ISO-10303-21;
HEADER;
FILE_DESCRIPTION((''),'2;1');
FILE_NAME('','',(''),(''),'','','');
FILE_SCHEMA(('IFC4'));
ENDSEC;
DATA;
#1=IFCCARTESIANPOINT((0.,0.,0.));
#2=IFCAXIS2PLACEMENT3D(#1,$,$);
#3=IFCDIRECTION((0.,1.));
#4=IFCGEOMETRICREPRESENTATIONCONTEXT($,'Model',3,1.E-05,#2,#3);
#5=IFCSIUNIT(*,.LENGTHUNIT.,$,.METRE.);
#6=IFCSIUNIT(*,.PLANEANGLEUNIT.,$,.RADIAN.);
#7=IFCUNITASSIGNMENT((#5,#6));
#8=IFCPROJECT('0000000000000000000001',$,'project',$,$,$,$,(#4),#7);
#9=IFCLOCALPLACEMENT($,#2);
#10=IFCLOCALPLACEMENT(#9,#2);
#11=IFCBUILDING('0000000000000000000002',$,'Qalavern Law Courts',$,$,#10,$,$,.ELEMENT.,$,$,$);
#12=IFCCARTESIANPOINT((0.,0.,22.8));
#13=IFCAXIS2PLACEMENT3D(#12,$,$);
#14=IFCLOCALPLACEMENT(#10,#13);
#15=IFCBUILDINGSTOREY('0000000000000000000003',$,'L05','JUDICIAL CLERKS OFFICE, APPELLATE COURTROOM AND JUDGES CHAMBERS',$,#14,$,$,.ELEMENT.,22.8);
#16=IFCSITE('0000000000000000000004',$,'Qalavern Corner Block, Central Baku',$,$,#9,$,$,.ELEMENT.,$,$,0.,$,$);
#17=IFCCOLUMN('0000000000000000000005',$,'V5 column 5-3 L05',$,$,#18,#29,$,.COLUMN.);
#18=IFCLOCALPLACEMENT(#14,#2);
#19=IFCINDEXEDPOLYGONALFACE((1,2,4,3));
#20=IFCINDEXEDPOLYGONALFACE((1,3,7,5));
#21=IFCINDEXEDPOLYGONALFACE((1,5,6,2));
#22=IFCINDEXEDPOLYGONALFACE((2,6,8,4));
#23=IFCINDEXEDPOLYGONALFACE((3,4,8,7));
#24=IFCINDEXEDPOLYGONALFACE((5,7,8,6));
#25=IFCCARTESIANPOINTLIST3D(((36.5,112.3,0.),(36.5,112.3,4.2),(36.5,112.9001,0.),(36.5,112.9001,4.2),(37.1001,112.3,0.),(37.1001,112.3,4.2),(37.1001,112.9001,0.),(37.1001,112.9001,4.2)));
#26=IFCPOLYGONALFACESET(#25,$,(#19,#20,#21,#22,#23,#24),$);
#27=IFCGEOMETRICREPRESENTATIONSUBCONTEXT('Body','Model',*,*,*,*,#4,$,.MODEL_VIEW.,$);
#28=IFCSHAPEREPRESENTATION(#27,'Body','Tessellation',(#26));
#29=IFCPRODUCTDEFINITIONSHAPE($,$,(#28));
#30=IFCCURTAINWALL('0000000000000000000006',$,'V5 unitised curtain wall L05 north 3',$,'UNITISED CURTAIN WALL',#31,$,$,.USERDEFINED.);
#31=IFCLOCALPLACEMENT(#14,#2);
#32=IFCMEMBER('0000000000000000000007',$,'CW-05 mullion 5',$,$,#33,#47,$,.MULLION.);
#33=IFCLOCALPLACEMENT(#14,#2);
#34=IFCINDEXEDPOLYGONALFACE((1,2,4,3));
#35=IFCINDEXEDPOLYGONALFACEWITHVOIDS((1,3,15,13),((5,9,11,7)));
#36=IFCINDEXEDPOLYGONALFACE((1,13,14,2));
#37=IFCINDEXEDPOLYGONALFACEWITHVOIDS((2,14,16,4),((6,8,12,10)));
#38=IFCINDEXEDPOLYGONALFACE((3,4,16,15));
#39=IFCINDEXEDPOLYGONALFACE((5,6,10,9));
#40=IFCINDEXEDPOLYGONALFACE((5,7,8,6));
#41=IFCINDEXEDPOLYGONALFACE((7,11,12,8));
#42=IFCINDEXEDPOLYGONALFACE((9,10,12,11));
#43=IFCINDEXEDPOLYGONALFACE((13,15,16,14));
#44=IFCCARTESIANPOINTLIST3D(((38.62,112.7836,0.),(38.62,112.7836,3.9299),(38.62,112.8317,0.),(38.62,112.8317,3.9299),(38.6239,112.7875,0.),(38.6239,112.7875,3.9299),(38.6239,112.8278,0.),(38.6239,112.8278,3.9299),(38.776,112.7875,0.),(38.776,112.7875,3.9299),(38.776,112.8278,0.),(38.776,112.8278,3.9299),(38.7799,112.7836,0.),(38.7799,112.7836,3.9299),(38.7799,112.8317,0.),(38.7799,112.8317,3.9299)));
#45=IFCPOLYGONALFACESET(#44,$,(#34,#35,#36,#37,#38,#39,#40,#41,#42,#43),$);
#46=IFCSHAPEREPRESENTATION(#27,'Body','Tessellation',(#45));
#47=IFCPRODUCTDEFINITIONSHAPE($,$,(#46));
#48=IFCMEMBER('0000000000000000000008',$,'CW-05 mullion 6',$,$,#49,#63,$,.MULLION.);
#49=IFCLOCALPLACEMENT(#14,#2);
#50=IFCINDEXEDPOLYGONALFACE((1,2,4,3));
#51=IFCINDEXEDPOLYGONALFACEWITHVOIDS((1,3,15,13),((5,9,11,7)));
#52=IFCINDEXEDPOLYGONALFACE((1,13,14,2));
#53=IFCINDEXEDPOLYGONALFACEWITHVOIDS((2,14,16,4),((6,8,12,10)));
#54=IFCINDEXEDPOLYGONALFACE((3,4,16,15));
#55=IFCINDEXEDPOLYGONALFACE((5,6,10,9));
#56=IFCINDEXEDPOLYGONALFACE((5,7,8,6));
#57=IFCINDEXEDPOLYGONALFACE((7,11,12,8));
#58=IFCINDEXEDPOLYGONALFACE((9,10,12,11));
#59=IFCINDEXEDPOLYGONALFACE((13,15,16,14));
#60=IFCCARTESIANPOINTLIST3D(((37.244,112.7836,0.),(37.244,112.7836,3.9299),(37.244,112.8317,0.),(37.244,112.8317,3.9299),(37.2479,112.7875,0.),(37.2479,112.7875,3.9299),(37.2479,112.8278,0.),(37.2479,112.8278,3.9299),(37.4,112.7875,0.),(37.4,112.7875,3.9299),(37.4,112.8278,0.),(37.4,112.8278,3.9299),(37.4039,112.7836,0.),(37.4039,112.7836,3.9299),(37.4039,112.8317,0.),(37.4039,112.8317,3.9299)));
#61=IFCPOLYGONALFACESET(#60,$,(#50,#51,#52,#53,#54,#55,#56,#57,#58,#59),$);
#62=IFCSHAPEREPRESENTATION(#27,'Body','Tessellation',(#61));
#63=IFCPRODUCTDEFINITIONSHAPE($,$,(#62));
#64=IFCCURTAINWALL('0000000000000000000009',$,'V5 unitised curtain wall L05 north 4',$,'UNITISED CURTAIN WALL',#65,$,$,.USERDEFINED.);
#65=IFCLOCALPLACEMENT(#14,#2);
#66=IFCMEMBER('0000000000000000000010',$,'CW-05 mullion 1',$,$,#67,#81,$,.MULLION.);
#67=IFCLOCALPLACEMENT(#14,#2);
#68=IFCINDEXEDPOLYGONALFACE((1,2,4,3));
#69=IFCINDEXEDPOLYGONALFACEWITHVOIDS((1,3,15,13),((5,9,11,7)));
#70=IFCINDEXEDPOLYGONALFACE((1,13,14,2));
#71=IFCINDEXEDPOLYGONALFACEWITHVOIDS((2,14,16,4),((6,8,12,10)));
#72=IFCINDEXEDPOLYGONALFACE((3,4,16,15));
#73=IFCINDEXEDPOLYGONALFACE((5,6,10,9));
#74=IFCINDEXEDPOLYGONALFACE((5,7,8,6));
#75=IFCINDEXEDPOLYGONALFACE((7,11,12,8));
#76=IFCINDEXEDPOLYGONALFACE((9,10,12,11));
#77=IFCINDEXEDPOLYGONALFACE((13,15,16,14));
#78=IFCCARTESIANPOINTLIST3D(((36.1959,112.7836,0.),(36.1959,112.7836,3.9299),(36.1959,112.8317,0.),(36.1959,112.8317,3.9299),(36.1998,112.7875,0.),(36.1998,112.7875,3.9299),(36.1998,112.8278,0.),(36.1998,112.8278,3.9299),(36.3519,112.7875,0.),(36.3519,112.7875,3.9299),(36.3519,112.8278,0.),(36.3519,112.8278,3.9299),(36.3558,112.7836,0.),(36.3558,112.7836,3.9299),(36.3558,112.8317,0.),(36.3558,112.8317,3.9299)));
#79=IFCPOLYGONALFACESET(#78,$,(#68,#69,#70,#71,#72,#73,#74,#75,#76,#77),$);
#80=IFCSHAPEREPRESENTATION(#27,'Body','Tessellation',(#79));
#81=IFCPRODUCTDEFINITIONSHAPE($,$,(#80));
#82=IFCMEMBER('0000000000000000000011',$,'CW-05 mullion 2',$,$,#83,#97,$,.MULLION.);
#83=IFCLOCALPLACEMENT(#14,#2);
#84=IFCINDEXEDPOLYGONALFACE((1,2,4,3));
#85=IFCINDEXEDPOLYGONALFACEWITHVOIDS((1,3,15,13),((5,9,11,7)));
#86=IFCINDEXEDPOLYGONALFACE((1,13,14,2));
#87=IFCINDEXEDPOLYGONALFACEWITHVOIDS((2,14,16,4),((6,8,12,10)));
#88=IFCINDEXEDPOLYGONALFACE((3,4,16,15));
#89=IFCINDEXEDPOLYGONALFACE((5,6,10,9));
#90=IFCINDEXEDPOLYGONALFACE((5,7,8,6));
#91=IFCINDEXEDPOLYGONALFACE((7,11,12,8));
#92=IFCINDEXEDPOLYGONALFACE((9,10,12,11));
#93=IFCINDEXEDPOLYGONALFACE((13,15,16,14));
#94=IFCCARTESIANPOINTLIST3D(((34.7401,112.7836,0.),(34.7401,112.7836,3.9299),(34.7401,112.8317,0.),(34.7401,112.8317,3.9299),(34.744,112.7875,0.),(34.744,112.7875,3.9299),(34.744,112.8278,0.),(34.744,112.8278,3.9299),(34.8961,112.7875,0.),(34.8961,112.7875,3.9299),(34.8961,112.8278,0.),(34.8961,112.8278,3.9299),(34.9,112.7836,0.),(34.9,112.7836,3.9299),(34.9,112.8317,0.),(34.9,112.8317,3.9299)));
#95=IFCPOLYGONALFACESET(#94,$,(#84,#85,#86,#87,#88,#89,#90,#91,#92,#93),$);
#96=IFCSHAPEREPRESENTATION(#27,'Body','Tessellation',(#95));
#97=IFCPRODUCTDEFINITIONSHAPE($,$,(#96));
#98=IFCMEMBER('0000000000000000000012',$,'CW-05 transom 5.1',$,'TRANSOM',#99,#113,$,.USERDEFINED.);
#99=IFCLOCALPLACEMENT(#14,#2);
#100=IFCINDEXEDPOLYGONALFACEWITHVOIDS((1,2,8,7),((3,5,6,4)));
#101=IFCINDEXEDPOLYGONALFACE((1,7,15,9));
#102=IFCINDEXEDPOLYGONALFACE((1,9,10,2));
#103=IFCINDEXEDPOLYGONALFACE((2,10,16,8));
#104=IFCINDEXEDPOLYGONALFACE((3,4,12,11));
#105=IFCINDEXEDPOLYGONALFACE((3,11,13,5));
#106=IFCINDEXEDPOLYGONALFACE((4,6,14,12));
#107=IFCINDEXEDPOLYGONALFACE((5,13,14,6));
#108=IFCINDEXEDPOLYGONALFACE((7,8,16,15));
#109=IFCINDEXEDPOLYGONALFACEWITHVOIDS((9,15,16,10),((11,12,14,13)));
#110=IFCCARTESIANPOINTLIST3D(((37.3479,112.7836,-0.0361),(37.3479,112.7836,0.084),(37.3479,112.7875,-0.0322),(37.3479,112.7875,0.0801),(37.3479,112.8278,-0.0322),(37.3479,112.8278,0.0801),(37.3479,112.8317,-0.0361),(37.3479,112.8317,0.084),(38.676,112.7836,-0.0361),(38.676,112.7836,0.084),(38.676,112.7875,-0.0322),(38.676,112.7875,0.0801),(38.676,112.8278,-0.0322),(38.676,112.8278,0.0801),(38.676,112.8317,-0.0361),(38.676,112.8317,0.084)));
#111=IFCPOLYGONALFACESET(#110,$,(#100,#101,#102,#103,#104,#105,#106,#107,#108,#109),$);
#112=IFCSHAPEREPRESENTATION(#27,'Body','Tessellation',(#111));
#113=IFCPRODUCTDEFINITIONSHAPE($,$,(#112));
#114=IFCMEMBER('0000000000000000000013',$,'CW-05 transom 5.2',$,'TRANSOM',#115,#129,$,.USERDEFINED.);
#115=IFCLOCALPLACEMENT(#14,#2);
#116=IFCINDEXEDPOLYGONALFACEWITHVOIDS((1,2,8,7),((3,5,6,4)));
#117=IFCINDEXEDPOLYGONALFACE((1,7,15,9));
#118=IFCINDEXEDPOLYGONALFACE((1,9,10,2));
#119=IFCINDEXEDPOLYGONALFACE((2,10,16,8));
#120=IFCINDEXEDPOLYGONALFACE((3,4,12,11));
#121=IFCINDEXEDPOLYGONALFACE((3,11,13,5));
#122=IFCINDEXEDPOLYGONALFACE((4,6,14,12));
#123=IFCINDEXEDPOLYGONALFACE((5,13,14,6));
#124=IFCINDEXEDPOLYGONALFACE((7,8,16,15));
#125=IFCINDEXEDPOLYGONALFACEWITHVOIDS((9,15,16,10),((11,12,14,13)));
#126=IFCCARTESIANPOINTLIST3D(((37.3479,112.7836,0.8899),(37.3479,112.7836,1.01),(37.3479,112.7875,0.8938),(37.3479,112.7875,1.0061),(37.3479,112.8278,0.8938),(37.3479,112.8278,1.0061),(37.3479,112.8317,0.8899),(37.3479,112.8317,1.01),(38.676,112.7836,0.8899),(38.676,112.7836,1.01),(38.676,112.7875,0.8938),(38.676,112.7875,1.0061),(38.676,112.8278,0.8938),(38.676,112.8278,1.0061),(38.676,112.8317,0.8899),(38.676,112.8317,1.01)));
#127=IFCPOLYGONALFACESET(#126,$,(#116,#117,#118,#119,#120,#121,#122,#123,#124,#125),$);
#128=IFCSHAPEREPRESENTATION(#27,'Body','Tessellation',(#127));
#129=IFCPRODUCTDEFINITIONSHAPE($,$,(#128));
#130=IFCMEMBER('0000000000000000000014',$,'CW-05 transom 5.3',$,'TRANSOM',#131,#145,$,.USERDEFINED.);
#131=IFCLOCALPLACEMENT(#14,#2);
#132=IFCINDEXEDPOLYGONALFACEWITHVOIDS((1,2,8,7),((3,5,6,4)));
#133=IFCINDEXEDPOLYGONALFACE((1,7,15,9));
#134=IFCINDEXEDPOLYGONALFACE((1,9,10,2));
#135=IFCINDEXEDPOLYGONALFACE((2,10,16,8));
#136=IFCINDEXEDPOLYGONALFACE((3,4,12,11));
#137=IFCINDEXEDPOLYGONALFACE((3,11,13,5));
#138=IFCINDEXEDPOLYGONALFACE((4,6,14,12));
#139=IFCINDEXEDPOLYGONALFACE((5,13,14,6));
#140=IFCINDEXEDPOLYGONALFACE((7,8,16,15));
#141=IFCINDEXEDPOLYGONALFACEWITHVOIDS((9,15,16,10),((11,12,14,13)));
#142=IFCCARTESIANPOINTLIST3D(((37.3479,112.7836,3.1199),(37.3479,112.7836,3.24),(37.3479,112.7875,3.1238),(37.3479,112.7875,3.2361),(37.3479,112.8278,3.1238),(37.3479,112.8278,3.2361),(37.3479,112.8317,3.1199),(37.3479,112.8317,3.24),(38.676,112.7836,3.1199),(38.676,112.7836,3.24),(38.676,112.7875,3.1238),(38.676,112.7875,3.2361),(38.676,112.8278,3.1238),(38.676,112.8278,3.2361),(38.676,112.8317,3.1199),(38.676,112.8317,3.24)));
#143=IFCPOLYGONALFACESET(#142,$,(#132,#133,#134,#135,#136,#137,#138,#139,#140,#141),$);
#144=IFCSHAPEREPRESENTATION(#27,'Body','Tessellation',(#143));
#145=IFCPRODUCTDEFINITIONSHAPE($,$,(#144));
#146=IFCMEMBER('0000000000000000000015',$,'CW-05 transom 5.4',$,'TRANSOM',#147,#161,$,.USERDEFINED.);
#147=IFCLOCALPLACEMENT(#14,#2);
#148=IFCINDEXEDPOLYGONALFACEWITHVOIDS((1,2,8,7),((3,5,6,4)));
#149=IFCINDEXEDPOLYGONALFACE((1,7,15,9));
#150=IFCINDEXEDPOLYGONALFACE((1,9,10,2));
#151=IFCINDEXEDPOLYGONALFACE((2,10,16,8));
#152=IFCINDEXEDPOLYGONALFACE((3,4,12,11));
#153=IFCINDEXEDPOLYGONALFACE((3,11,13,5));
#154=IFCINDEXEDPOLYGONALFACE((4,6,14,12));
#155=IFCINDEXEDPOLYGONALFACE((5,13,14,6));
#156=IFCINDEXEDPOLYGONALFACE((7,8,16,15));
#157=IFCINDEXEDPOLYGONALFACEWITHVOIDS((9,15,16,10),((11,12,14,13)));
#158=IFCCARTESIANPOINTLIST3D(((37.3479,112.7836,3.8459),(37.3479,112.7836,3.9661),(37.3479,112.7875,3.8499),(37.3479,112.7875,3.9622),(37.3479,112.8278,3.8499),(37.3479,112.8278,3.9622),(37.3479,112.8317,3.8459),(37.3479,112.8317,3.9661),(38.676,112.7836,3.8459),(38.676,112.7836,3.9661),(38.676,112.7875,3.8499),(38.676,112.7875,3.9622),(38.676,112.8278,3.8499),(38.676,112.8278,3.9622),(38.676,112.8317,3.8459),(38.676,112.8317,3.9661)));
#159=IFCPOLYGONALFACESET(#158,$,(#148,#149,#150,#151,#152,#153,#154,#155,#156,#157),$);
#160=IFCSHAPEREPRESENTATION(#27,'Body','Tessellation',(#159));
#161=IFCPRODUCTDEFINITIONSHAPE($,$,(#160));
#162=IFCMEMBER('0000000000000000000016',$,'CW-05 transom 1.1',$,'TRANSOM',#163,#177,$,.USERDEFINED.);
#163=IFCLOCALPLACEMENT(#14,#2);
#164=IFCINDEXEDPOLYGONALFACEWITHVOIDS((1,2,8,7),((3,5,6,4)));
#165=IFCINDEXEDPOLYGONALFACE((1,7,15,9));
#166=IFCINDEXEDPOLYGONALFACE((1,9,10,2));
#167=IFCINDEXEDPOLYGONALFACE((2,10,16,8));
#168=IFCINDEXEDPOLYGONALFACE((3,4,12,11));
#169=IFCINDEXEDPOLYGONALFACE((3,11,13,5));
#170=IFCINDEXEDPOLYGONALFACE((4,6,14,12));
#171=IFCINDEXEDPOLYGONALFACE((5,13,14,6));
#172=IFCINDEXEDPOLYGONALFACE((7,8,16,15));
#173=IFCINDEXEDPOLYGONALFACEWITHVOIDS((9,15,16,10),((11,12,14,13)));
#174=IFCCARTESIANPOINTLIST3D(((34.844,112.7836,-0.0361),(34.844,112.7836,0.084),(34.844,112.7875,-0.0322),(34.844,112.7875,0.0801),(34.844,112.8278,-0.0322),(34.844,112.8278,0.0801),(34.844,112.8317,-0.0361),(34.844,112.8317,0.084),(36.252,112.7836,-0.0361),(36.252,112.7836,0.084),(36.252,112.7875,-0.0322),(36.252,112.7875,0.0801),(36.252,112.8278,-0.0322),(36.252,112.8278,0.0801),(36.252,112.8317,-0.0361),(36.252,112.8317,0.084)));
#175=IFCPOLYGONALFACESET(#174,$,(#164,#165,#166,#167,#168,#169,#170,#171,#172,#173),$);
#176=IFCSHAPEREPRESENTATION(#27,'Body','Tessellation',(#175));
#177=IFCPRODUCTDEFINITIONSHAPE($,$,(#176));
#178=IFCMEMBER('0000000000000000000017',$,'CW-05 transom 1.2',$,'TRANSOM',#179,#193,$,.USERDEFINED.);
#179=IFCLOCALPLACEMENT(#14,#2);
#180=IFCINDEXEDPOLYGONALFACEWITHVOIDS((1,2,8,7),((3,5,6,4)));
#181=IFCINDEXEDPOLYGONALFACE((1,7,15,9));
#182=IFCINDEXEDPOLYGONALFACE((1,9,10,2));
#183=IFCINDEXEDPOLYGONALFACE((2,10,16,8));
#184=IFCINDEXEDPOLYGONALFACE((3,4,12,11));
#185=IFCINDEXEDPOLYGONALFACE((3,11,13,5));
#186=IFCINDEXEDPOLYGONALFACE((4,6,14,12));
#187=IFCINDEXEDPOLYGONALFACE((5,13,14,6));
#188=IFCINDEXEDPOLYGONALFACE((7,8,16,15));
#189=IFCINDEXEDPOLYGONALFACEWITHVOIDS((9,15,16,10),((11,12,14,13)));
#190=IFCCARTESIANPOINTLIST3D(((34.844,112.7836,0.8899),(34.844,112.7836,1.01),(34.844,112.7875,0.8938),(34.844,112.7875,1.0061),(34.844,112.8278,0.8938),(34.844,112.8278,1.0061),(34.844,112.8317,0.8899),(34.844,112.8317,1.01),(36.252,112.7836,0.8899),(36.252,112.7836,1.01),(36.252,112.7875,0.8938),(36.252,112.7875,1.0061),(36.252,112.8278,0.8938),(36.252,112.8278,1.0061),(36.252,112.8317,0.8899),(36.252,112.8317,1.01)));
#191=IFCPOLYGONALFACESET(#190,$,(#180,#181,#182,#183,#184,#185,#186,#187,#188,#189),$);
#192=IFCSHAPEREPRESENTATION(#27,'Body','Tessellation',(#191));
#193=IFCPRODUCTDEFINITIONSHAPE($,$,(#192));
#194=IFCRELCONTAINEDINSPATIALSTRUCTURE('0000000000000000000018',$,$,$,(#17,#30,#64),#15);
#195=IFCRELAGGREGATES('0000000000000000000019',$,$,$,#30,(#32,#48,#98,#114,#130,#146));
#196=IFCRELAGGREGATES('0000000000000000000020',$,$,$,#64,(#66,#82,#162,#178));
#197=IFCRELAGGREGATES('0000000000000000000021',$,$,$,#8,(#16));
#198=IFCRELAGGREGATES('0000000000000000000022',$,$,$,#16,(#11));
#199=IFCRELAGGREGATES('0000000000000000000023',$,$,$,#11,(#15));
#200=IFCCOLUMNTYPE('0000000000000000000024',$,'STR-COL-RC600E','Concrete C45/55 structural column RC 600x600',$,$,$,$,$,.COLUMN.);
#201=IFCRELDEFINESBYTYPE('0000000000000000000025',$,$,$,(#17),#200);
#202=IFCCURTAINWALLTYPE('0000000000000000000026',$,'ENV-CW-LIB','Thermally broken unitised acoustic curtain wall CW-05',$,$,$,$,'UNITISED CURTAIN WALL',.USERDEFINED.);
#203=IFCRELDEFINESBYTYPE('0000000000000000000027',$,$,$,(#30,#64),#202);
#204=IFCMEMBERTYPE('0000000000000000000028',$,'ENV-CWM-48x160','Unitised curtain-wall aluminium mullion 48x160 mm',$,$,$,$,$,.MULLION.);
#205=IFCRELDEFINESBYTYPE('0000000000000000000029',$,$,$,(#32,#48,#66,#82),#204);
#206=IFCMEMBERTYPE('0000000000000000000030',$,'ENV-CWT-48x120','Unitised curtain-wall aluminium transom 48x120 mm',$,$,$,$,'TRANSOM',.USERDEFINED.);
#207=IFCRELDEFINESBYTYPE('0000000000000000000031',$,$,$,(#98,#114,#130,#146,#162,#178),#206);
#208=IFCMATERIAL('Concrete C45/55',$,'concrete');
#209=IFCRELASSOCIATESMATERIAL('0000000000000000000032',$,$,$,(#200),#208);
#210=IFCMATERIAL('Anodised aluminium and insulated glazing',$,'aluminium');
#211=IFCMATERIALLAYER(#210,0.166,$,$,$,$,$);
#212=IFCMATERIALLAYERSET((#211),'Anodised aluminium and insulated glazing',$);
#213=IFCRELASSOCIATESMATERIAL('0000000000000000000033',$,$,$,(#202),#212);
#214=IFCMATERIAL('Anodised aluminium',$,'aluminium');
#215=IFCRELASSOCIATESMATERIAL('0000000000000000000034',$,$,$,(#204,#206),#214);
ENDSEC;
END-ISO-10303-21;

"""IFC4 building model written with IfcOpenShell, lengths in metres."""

from ifc_helpers import new_model, si_unit, direction, frame, origin, origin_2d, place, context, subcontext, project, spatial, rectangle, hollow_rectangle, extrude, material, layer, layer_set, material_profile, profile_set, type_object, element, aggregate, save


model = new_model("IFC4")

# Units and contexts
model_context = context("Model", 3, precision=1e-05, world=origin(), true_north=direction((0.0, 1.0)))
body_context = subcontext(model_context, "Body", "Model", "MODEL_VIEW")
ifc_project = project(units=[si_unit("LENGTHUNIT", "METRE"), si_unit("PLANEANGLEUNIT", "RADIAN")], contexts=[model_context])

# Site, building, storey
site_placement = place(None, origin())
site = spatial("IfcSite", under=ifc_project, at=site_placement, Name="Qalavern Corner Block, Central Baku", CompositionType="ELEMENT", RefElevation=0.0)
building_placement = place(site_placement, origin())
building = spatial("IfcBuilding", under=site, at=building_placement, Name="Qalavern Law Courts", CompositionType="ELEMENT")
storey_placement = place(building_placement, frame((0.0, 0.0, 22.8)))
storey = spatial("IfcBuildingStorey", under=building, at=storey_placement, Name="L05", Description="JUDICIAL CLERKS OFFICE, APPELLATE COURTROOM AND JUDGES CHAMBERS", CompositionType="ELEMENT", Elevation=22.8)

# Column
ifc_material_1 = material(Name="Concrete C45/55", Category="concrete")
ifc_material_profile_1 = material_profile(ifc_material_1, rectangle(XDim=0.6001, YDim=0.6001, at=origin_2d()), Name="RC 600x600")
ifc_profile_set_1 = profile_set([ifc_material_profile_1], Name="Concrete C45/55")
column_type = type_object("IfcColumnType", Name="STR-COL-RC600E", Description="Concrete C45/55 structural column RC 600x600", PredefinedType="COLUMN", material=ifc_profile_set_1)
column_placement = place(storey_placement, frame((36.8, 112.6001, 0.0), z_axis=(0.0, 0.0, 1.0), x_axis=(1.0, 0.0, 0.0)))
element("IfcColumn", 1, at=column_placement, inside=storey, type_object=column_type, Name="V5 column 5-3 L05", PredefinedType="COLUMN", context=body_context, shape_type="SweptSolid", body=[
    extrude(rectangle(XDim=0.6001, YDim=0.6001, at=origin_2d()), origin(), (0.0, 0.0, 1.0), 4.2),
])

# Curtain walls, members
ifc_material_2 = material(Name="Anodised aluminium and insulated glazing", Category="aluminium")
ifc_layer_1 = layer(ifc_material_2, 0.166)
ifc_layer_set_1 = layer_set([ifc_layer_1], Name="Anodised aluminium and insulated glazing")
curtain_wall_type = type_object("IfcCurtainWallType", Name="ENV-CW-LIB", Description="Thermally broken unitised acoustic curtain wall CW-05", ElementType="UNITISED CURTAIN WALL", PredefinedType="USERDEFINED", material=ifc_layer_set_1)
curtain_wall_1_placement = place(storey_placement, origin())
curtain_wall_1 = element("IfcCurtainWall", 2, at=curtain_wall_1_placement, inside=storey, type_object=curtain_wall_type, Name="V5 unitised curtain wall L05 north 3", ObjectType="UNITISED CURTAIN WALL", PredefinedType="USERDEFINED")
ifc_material_3 = material(Name="Anodised aluminium", Category="aluminium")
ifc_material_profile_2 = material_profile(ifc_material_3, hollow_rectangle(XDim=0.0481, YDim=0.1599, WallThickness=0.0039, at=origin_2d()), Name="ALU MULLION 48x160")
ifc_profile_set_2 = profile_set([ifc_material_profile_2], Name="Anodised aluminium")
member_type_1 = type_object("IfcMemberType", Name="ENV-CWM-48x160", Description="Unitised curtain-wall aluminium mullion 48x160 mm", PredefinedType="MULLION", material=ifc_profile_set_2)
member_1_placement = place(storey_placement, frame((38.7, 112.8076, 0.0), z_axis=(0.0, 0.0, 1.0), x_axis=(0.0, -1.0, 0.0)))
member_1 = element("IfcMember", 3, at=member_1_placement, type_object=member_type_1, Name="CW-05 mullion 5", PredefinedType="MULLION", context=body_context, shape_type="SweptSolid", body=[
    extrude(hollow_rectangle(XDim=0.0481, YDim=0.1599, WallThickness=0.0039, at=origin_2d()), origin(), (0.0, 0.0, 1.0), 3.9299),
])
member_2_placement = place(storey_placement, frame((37.324, 112.8076, 0.0), z_axis=(0.0, 0.0, 1.0), x_axis=(0.0, -1.0, 0.0)))
member_2 = element("IfcMember", 4, at=member_2_placement, type_object=member_type_1, Name="CW-05 mullion 6", PredefinedType="MULLION", context=body_context, shape_type="SweptSolid", body=[
    extrude(hollow_rectangle(XDim=0.0481, YDim=0.1599, WallThickness=0.0039, at=origin_2d()), origin(), (0.0, 0.0, 1.0), 3.9299),
])
curtain_wall_2_placement = place(storey_placement, origin())
curtain_wall_2 = element("IfcCurtainWall", 5, at=curtain_wall_2_placement, inside=storey, type_object=curtain_wall_type, Name="V5 unitised curtain wall L05 north 4", ObjectType="UNITISED CURTAIN WALL", PredefinedType="USERDEFINED")
member_3_placement = place(storey_placement, frame((36.2759, 112.8076, 0.0), z_axis=(0.0, 0.0, 1.0), x_axis=(0.0, -1.0, 0.0)))
member_3 = element("IfcMember", 6, at=member_3_placement, type_object=member_type_1, Name="CW-05 mullion 1", PredefinedType="MULLION", context=body_context, shape_type="SweptSolid", body=[
    extrude(hollow_rectangle(XDim=0.0481, YDim=0.1599, WallThickness=0.0039, at=origin_2d()), origin(), (0.0, 0.0, 1.0), 3.9299),
])
member_4_placement = place(storey_placement, frame((34.8201, 112.8076, 0.0), z_axis=(0.0, 0.0, 1.0), x_axis=(0.0, -1.0, 0.0)))
member_4 = element("IfcMember", 7, at=member_4_placement, type_object=member_type_1, Name="CW-05 mullion 2", PredefinedType="MULLION", context=body_context, shape_type="SweptSolid", body=[
    extrude(hollow_rectangle(XDim=0.0481, YDim=0.1599, WallThickness=0.0039, at=origin_2d()), origin(), (0.0, 0.0, 1.0), 3.9299),
])

# Members
ifc_material_profile_3 = material_profile(ifc_material_3, hollow_rectangle(XDim=0.0481, YDim=0.1201, WallThickness=0.0039, at=origin_2d()), Name="ALU TRANSOM 48x120")
ifc_profile_set_3 = profile_set([ifc_material_profile_3], Name="Anodised aluminium")
member_type_2 = type_object("IfcMemberType", Name="ENV-CWT-48x120", Description="Unitised curtain-wall aluminium transom 48x120 mm", ElementType="TRANSOM", PredefinedType="USERDEFINED", material=ifc_profile_set_3)
member_5_placement = place(storey_placement, frame((38.676, 112.8076, 0.0239), z_axis=(-1.0, 0.0, 0.0), x_axis=(0.0, -1.0, 0.0)))
member_5 = element("IfcMember", 8, at=member_5_placement, type_object=member_type_2, Name="CW-05 transom 5.1", ObjectType="TRANSOM", PredefinedType="USERDEFINED", context=body_context, shape_type="SweptSolid", body=[
    extrude(hollow_rectangle(XDim=0.0481, YDim=0.1201, WallThickness=0.0039, at=origin_2d()), origin(), (0.0, 0.0, 1.0), 1.3281),
])
member_6_placement = place(storey_placement, frame((38.676, 112.8076, 0.95), z_axis=(-1.0, 0.0, 0.0), x_axis=(0.0, -1.0, 0.0)))
member_6 = element("IfcMember", 9, at=member_6_placement, type_object=member_type_2, Name="CW-05 transom 5.2", ObjectType="TRANSOM", PredefinedType="USERDEFINED", context=body_context, shape_type="SweptSolid", body=[
    extrude(hollow_rectangle(XDim=0.0481, YDim=0.1201, WallThickness=0.0039, at=origin_2d()), origin(), (0.0, 0.0, 1.0), 1.3281),
])
member_7_placement = place(storey_placement, frame((38.676, 112.8076, 3.1799), z_axis=(-1.0, 0.0, 0.0), x_axis=(0.0, -1.0, 0.0)))
member_7 = element("IfcMember", 10, at=member_7_placement, type_object=member_type_2, Name="CW-05 transom 5.3", ObjectType="TRANSOM", PredefinedType="USERDEFINED", context=body_context, shape_type="SweptSolid", body=[
    extrude(hollow_rectangle(XDim=0.0481, YDim=0.1201, WallThickness=0.0039, at=origin_2d()), origin(), (0.0, 0.0, 1.0), 1.3281),
])
member_8_placement = place(storey_placement, frame((38.676, 112.8076, 3.906), z_axis=(-1.0, 0.0, 0.0), x_axis=(0.0, -1.0, 0.0)))
member_8 = element("IfcMember", 11, at=member_8_placement, type_object=member_type_2, Name="CW-05 transom 5.4", ObjectType="TRANSOM", PredefinedType="USERDEFINED", context=body_context, shape_type="SweptSolid", body=[
    extrude(hollow_rectangle(XDim=0.0481, YDim=0.1201, WallThickness=0.0039, at=origin_2d()), origin(), (0.0, 0.0, 1.0), 1.3281),
])
member_9_placement = place(storey_placement, frame((36.252, 112.8076, 0.0239), z_axis=(-1.0, 0.0, 0.0), x_axis=(0.0, -1.0, 0.0)))
member_9 = element("IfcMember", 12, at=member_9_placement, type_object=member_type_2, Name="CW-05 transom 1.1", ObjectType="TRANSOM", PredefinedType="USERDEFINED", context=body_context, shape_type="SweptSolid", body=[
    extrude(hollow_rectangle(XDim=0.0481, YDim=0.1201, WallThickness=0.0039, at=origin_2d()), origin(), (0.0, 0.0, 1.0), 1.408),
])
member_10_placement = place(storey_placement, frame((36.252, 112.8076, 0.95), z_axis=(-1.0, 0.0, 0.0), x_axis=(0.0, -1.0, 0.0)))
member_10 = element("IfcMember", 13, at=member_10_placement, type_object=member_type_2, Name="CW-05 transom 1.2", ObjectType="TRANSOM", PredefinedType="USERDEFINED", context=body_context, shape_type="SweptSolid", body=[
    extrude(hollow_rectangle(XDim=0.0481, YDim=0.1201, WallThickness=0.0039, at=origin_2d()), origin(), (0.0, 0.0, 1.0), 1.408),
])

aggregate(curtain_wall_1, [member_1, member_2, member_5, member_6, member_7, member_8])
aggregate(curtain_wall_2, [member_3, member_4, member_9, member_10])

save(model, "model.ifc")
